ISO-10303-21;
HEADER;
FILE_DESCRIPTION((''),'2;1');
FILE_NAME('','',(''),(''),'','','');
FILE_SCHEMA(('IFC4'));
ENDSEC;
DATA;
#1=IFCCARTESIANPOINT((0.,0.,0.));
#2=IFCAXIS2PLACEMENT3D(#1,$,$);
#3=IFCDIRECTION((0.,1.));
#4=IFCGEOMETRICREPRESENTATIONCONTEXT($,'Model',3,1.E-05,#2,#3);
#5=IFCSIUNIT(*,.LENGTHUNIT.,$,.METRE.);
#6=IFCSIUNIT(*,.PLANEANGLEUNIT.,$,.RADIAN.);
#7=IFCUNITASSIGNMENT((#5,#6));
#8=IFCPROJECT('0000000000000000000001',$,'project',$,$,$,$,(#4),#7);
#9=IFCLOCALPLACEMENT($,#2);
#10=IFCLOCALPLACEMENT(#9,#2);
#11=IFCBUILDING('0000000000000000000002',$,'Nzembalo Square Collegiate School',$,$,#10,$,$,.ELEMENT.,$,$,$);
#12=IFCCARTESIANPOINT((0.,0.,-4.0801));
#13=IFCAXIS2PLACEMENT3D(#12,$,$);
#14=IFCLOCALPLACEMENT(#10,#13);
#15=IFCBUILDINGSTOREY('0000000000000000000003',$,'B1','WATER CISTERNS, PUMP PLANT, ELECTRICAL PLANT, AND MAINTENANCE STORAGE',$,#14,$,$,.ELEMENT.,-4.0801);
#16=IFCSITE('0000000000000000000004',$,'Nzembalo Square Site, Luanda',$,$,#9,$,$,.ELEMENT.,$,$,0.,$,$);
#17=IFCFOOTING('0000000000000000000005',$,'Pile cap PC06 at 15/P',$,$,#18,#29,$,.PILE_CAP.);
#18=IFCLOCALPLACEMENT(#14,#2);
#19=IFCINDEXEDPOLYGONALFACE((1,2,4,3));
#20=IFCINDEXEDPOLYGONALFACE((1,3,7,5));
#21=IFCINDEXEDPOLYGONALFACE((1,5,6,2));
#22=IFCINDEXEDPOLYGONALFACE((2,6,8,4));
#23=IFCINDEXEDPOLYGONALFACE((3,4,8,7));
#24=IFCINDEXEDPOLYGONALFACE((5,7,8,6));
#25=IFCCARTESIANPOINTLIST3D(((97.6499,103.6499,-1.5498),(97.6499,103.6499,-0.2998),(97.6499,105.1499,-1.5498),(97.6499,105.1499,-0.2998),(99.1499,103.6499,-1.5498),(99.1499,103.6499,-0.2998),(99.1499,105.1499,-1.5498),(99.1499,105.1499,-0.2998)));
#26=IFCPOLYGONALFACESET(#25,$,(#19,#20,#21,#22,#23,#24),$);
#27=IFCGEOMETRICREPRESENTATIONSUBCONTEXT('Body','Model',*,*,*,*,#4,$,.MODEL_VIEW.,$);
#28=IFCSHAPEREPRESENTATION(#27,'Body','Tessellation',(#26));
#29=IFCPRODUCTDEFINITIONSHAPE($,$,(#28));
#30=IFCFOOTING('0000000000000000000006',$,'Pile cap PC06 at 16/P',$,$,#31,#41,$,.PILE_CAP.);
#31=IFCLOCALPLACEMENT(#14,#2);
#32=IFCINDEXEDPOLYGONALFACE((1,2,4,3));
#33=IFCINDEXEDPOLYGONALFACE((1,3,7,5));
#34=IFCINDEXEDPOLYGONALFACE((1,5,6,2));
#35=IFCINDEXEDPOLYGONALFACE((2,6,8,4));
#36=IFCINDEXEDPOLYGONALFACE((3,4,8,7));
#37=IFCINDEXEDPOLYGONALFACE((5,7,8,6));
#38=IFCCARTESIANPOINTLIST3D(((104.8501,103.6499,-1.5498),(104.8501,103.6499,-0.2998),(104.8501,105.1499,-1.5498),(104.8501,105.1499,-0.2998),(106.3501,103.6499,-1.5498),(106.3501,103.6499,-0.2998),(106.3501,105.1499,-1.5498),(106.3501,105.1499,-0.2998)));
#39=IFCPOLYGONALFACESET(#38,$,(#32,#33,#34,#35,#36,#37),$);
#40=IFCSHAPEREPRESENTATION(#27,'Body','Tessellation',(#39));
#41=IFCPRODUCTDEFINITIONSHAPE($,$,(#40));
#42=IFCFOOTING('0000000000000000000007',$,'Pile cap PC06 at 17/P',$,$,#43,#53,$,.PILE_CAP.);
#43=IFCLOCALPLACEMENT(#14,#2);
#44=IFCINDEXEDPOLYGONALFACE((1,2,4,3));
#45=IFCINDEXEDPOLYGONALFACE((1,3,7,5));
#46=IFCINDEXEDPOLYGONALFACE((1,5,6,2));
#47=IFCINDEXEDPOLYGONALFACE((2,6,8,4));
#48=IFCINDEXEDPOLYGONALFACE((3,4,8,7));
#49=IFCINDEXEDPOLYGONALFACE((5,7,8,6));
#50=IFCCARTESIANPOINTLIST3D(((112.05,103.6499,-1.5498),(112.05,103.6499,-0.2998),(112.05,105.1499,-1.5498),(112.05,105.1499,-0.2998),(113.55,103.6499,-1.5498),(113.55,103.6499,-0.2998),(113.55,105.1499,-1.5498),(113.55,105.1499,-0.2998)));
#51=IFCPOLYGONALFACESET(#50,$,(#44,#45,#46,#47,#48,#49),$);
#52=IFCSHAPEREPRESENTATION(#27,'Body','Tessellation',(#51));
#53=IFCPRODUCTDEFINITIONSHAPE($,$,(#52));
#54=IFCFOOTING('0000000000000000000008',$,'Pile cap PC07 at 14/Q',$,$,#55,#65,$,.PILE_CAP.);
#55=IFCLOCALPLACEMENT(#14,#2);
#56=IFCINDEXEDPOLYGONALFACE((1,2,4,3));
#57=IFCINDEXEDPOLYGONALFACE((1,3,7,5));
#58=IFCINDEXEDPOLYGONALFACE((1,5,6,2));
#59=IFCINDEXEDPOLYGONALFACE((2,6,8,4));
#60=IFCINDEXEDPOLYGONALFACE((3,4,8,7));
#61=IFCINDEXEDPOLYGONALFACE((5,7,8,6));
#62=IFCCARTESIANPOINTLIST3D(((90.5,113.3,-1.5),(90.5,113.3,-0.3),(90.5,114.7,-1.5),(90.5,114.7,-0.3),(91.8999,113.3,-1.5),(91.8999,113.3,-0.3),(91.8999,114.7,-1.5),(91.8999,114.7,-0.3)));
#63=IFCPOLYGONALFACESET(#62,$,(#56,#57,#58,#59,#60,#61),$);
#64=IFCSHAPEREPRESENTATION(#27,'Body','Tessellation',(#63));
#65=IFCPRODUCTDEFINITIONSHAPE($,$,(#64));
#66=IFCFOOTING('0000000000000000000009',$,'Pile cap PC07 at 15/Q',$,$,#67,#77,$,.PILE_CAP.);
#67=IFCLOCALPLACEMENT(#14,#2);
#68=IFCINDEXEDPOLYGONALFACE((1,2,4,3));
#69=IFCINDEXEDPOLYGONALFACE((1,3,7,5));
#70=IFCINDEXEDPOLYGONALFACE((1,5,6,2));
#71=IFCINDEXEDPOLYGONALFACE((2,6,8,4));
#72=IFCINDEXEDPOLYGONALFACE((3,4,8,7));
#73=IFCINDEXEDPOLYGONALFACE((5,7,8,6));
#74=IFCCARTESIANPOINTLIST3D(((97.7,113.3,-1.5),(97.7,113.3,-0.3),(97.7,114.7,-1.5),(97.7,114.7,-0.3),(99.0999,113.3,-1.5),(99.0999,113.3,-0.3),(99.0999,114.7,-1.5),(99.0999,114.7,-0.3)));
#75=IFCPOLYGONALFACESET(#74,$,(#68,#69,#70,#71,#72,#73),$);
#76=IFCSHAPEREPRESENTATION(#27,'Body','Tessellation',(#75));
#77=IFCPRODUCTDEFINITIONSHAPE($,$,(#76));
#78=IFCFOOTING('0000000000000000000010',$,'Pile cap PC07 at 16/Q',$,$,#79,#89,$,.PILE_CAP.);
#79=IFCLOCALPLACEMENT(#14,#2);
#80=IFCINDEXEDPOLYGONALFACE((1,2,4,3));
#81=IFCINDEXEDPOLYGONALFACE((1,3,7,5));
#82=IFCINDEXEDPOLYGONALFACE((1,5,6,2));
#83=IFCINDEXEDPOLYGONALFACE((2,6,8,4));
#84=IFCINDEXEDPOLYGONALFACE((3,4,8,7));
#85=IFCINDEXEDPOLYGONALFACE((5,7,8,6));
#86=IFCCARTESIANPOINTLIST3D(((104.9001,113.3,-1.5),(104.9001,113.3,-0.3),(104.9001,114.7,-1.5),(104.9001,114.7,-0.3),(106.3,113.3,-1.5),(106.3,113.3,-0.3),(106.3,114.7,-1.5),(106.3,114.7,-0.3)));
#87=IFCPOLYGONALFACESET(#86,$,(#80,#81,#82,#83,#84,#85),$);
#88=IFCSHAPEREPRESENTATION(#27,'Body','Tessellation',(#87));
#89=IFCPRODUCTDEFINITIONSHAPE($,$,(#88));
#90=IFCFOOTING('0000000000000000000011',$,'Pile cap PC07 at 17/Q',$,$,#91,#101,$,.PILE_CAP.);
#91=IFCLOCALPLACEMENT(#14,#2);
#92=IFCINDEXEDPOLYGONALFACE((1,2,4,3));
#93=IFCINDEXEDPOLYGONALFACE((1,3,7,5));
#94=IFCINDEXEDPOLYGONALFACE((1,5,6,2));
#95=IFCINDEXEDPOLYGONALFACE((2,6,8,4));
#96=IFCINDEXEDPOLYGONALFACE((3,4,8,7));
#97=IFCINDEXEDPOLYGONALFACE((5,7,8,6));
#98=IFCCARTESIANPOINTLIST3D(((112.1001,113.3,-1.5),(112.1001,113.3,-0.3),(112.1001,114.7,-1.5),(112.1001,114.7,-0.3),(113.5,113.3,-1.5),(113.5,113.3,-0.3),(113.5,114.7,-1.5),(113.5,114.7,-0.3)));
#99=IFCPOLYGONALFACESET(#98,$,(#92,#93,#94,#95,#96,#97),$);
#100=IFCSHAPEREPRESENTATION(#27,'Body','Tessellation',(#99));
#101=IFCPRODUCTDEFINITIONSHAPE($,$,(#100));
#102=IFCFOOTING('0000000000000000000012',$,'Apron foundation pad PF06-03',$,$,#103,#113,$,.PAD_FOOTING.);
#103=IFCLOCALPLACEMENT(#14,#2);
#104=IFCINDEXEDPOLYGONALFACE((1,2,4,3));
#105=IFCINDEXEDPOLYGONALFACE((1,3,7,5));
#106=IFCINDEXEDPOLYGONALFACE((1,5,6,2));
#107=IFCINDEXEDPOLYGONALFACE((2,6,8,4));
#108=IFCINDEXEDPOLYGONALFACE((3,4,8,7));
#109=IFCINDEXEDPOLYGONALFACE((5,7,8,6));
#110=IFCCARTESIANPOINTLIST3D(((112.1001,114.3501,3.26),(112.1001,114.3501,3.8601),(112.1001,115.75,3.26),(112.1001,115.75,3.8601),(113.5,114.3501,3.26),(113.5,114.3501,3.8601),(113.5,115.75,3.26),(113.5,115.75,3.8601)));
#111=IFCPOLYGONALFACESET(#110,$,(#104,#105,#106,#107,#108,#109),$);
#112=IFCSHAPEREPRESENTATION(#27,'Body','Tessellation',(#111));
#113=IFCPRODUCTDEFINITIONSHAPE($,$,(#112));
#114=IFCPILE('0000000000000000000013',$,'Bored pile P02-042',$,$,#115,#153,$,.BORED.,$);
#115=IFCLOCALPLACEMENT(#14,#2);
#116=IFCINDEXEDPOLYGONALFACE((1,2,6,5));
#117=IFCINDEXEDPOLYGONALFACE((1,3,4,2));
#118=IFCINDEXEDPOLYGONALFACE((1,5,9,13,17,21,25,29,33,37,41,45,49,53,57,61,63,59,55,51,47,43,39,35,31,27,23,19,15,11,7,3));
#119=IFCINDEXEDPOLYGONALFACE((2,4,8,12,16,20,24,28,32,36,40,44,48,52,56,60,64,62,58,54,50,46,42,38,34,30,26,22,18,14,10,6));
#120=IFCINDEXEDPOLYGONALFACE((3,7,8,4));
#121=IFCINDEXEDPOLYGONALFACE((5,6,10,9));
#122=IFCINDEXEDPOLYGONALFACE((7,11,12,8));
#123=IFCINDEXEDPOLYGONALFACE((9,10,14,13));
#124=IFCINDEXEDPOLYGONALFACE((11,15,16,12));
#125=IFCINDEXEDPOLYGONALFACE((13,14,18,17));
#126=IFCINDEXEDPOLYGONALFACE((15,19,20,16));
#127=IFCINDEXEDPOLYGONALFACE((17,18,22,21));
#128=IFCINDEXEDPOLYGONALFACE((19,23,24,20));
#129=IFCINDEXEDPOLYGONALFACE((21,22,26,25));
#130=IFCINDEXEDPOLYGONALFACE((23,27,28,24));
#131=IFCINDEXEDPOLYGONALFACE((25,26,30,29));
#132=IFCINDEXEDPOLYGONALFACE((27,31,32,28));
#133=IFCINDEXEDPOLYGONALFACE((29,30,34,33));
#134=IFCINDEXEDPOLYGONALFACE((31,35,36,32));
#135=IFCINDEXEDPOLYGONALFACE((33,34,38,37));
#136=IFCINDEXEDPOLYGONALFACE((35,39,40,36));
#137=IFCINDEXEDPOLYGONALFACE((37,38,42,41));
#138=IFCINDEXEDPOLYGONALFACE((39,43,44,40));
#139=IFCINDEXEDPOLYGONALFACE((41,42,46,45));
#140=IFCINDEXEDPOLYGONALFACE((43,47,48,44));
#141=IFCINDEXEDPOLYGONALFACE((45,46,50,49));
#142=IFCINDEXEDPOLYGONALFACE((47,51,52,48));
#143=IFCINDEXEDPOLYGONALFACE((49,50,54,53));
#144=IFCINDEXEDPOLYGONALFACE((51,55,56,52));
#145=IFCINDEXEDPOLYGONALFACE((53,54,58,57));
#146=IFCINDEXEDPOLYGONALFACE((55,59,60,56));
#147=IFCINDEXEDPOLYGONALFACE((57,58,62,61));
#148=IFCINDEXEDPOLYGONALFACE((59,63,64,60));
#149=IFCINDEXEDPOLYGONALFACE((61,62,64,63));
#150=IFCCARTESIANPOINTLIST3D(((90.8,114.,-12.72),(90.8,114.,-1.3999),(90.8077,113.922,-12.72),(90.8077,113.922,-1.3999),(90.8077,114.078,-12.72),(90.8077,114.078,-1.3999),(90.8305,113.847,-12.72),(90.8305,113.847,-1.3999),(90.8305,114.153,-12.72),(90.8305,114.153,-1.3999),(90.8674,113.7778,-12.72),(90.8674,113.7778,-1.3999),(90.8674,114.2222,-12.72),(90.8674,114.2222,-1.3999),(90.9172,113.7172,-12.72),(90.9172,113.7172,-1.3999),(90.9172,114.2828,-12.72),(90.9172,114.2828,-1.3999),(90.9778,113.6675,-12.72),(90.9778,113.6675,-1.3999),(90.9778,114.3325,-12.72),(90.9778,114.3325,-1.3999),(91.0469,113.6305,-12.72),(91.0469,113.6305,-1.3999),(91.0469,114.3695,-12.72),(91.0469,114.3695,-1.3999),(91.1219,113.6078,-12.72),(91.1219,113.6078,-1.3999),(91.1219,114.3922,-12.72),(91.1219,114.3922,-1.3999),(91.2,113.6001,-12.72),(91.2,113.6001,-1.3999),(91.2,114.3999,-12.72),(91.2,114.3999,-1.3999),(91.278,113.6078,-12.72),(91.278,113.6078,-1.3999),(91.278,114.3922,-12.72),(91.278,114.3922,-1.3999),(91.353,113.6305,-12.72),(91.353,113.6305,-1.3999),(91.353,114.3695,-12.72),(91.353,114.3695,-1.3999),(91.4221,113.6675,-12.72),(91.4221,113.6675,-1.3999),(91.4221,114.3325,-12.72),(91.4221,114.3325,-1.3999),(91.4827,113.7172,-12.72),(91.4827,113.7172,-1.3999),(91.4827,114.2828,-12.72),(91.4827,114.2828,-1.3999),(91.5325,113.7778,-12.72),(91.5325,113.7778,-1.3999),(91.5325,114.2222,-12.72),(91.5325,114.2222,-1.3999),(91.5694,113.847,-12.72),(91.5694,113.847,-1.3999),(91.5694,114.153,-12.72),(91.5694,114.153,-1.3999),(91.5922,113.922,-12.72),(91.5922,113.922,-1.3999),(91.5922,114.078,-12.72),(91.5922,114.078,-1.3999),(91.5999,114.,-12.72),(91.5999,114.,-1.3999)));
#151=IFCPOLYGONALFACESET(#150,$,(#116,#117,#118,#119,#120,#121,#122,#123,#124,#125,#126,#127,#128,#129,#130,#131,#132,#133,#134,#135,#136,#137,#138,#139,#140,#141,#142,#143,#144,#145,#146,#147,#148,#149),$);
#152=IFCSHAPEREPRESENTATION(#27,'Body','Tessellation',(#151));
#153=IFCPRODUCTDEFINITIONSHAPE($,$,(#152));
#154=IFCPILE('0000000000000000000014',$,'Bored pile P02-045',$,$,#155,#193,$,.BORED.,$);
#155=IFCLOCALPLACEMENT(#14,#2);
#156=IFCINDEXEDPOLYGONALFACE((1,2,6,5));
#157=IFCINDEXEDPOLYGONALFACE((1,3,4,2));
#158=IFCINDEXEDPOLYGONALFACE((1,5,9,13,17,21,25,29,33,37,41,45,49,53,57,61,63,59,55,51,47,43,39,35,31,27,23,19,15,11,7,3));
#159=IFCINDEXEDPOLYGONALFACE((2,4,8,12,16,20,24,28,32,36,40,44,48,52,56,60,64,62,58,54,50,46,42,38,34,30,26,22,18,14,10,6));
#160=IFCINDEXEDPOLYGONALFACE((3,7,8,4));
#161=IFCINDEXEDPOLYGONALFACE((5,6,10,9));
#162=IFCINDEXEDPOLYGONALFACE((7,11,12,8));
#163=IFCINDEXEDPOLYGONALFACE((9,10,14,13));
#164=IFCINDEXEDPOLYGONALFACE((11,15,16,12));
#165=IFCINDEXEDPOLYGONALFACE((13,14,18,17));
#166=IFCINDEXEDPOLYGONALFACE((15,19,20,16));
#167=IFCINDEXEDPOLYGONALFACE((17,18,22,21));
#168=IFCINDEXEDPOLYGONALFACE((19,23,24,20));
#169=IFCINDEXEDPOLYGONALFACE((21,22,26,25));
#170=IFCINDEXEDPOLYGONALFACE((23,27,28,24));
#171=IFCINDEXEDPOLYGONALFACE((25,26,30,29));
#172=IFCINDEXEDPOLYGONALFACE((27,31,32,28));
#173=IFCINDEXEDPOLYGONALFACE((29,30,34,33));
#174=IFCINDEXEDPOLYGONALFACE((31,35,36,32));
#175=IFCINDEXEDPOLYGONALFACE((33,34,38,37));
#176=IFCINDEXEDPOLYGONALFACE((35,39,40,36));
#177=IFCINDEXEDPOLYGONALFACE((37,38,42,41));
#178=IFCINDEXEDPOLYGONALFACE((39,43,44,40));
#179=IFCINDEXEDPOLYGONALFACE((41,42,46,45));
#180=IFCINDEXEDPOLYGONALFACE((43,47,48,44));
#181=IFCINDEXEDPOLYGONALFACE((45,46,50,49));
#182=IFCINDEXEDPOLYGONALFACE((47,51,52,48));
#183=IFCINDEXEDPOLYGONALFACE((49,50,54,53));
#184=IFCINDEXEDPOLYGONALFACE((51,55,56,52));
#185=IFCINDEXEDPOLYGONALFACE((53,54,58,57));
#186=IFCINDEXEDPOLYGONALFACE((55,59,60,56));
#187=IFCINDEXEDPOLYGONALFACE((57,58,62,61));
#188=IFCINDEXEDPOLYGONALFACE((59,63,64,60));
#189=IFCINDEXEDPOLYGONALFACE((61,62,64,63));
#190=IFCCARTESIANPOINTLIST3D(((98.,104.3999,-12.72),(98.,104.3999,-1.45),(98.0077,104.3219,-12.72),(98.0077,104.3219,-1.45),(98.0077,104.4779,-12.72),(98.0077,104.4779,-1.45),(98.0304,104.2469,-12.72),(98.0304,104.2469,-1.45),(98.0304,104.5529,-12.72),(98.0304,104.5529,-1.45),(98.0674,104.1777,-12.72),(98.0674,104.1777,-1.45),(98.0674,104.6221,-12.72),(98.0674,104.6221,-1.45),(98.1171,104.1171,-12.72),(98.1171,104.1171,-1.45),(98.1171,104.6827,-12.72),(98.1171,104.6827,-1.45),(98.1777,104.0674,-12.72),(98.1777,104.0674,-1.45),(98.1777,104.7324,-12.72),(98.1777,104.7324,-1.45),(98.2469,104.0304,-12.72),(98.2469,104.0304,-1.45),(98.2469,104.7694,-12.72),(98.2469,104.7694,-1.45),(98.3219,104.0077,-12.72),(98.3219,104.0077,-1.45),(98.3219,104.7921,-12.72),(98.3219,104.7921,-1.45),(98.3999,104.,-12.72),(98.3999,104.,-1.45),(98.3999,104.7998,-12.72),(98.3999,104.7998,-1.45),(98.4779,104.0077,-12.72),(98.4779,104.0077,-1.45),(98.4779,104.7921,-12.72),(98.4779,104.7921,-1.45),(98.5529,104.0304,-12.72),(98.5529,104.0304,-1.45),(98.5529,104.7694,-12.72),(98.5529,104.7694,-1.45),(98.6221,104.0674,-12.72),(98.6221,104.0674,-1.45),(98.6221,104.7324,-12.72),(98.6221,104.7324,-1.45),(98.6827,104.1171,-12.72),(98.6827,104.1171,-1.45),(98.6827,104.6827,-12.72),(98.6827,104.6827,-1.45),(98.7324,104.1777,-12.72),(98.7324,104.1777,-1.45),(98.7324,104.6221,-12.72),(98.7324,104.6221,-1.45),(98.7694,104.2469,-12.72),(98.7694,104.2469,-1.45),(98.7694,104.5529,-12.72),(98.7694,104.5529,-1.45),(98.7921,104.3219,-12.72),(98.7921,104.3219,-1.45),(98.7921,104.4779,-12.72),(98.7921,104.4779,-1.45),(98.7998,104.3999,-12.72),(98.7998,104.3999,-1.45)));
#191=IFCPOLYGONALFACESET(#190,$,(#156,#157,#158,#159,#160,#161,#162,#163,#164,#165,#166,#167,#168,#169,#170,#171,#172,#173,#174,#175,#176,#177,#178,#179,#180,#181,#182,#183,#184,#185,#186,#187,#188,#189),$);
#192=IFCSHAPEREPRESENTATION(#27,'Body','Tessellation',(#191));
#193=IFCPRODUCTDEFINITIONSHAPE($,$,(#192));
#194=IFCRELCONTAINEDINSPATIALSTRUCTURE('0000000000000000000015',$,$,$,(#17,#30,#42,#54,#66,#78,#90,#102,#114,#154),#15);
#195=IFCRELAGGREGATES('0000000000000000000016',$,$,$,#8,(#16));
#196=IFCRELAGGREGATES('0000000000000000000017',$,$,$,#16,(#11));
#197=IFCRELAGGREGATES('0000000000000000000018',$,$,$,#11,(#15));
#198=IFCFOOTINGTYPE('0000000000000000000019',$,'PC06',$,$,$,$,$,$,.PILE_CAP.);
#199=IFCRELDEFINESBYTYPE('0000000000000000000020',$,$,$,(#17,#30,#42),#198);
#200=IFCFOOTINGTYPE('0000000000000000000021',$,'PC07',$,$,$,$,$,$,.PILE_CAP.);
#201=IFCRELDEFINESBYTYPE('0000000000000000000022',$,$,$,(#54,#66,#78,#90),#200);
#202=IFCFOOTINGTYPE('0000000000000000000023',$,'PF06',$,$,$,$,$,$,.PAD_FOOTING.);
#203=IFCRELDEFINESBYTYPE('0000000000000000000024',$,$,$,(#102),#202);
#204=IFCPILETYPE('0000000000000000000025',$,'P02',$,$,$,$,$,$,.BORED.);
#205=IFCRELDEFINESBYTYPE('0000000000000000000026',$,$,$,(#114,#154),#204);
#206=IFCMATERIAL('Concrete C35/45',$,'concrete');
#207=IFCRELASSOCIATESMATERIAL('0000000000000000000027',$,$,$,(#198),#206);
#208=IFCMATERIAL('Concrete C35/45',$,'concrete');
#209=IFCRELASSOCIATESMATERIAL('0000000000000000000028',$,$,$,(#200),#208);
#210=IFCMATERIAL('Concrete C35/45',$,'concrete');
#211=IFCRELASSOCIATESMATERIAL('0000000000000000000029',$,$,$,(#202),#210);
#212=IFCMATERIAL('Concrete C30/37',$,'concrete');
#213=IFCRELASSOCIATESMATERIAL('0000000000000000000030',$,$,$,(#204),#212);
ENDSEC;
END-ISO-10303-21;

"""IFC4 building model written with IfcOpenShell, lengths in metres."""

from ifc_helpers import new_model, si_unit, direction, frame, origin, origin_2d, place, context, subcontext, project, spatial, rectangle, circle, extrude, material, material_profile, profile_set, type_object, element, save


model = new_model("IFC4")

# Units and contexts
model_context = context("Model", 3, precision=1e-05, world=origin(), true_north=direction((0.0, 1.0)))
body_context = subcontext(model_context, "Body", "Model", "MODEL_VIEW")
ifc_project = project(units=[si_unit("LENGTHUNIT", "METRE"), si_unit("PLANEANGLEUNIT", "RADIAN")], contexts=[model_context])

# Site, building, storey
site_placement = place(None, origin())
site = spatial("IfcSite", under=ifc_project, at=site_placement, Name="Nzembalo Square Site, Luanda", CompositionType="ELEMENT", RefElevation=0.0)
building_placement = place(site_placement, origin())
building = spatial("IfcBuilding", under=site, at=building_placement, Name="Nzembalo Square Collegiate School", CompositionType="ELEMENT")
storey_placement = place(building_placement, frame((0.0, 0.0, -4.0801)))
storey = spatial("IfcBuildingStorey", under=building, at=storey_placement, Name="B1", Description="WATER CISTERNS, PUMP PLANT, ELECTRICAL PLANT, AND MAINTENANCE STORAGE", CompositionType="ELEMENT", Elevation=-4.0801)

# Footings
ifc_material_1 = material(Name="Concrete C35/45", Category="concrete")
footing_type_1 = type_object("IfcFootingType", Name="PC06", PredefinedType="PILE_CAP", material=ifc_material_1)
for number, where, z_axis, x_axis, name in (
    (1, (98.3999, 104.3999, -1.5498), (0.0, 0.0, 1.0), (1.0, 0.0, 0.0), "Pile cap PC06 at 15/P"),
    (2, (105.6001, 104.3999, -1.5498), (0.0, 0.0, 1.0), (1.0, 0.0, 0.0), "Pile cap PC06 at 16/P"),
    (3, (112.8, 104.3999, -1.5498), (0.0, 0.0, 1.0), (1.0, 0.0, 0.0), "Pile cap PC06 at 17/P"),
):
    element("IfcFooting", number, at=place(storey_placement, frame(where, z_axis=z_axis, x_axis=x_axis)), inside=storey, type_object=footing_type_1, Name=name, PredefinedType="PILE_CAP", context=body_context, shape_type="SweptSolid", body=[
        extrude(rectangle(XDim=1.5, YDim=1.5, at=origin_2d()), origin(), (0.0, 0.0, 1.0), 1.25),
    ])
ifc_material_2 = material(Name="Concrete C35/45", Category="concrete")
footing_type_2 = type_object("IfcFootingType", Name="PC07", PredefinedType="PILE_CAP", material=ifc_material_2)
for number, where, z_axis, x_axis, name in (
    (4, (91.2, 114.0, -1.5), (0.0, 0.0, 1.0), (1.0, 0.0, 0.0), "Pile cap PC07 at 14/Q"),
    (5, (98.3999, 114.0, -1.5), (0.0, 0.0, 1.0), (1.0, 0.0, 0.0), "Pile cap PC07 at 15/Q"),
    (6, (105.6001, 114.0, -1.5), (0.0, 0.0, 1.0), (1.0, 0.0, 0.0), "Pile cap PC07 at 16/Q"),
    (7, (112.8, 114.0, -1.5), (0.0, 0.0, 1.0), (1.0, 0.0, 0.0), "Pile cap PC07 at 17/Q"),
):
    element("IfcFooting", number, at=place(storey_placement, frame(where, z_axis=z_axis, x_axis=x_axis)), inside=storey, type_object=footing_type_2, Name=name, PredefinedType="PILE_CAP", context=body_context, shape_type="SweptSolid", body=[
        extrude(rectangle(XDim=1.3999, YDim=1.3999, at=origin_2d()), origin(), (0.0, 0.0, 1.0), 1.2),
    ])
ifc_material_3 = material(Name="Concrete C35/45", Category="concrete")
footing_type_3 = type_object("IfcFootingType", Name="PF06", PredefinedType="PAD_FOOTING", material=ifc_material_3)
footing_placement = place(storey_placement, frame((112.8, 115.05, 3.26), z_axis=(0.0, 0.0, 1.0), x_axis=(1.0, 0.0, 0.0)))
element("IfcFooting", 8, at=footing_placement, inside=storey, type_object=footing_type_3, Name="Apron foundation pad PF06-03", PredefinedType="PAD_FOOTING", context=body_context, shape_type="SweptSolid", body=[
    extrude(rectangle(XDim=1.3999, YDim=1.3999, at=origin_2d()), origin(), (0.0, 0.0, 1.0), 0.6001),
])

# Piles
ifc_material_4 = material(Name="Concrete C30/37", Category="concrete")
ifc_material_profile_1 = material_profile(ifc_material_4, circle(Radius=0.3999, at=origin_2d()), Name="PILE D800")
ifc_profile_set_1 = profile_set([ifc_material_profile_1], Name="Concrete C30/37")
pile_type = type_object("IfcPileType", Name="P02", PredefinedType="BORED", material=ifc_profile_set_1)
pile_1_placement = place(storey_placement, frame((91.2, 114.0, -1.3999), z_axis=(0.0, 0.0, -1.0), x_axis=(1.0, 0.0, 0.0)))
element("IfcPile", 9, at=pile_1_placement, inside=storey, type_object=pile_type, Name="Bored pile P02-042", PredefinedType="BORED", context=body_context, shape_type="SweptSolid", body=[
    extrude(circle(Radius=0.3999, at=origin_2d()), origin(), (0.0, 0.0, 1.0), 11.3201),
])
pile_2_placement = place(storey_placement, frame((98.3999, 104.3999, -1.45), z_axis=(0.0, 0.0, -1.0), x_axis=(1.0, 0.0, 0.0)))
element("IfcPile", 10, at=pile_2_placement, inside=storey, type_object=pile_type, Name="Bored pile P02-045", PredefinedType="BORED", context=body_context, shape_type="SweptSolid", body=[
    extrude(circle(Radius=0.3999, at=origin_2d()), origin(), (0.0, 0.0, 1.0), 11.27),
])

save(model, "model.ifc")
